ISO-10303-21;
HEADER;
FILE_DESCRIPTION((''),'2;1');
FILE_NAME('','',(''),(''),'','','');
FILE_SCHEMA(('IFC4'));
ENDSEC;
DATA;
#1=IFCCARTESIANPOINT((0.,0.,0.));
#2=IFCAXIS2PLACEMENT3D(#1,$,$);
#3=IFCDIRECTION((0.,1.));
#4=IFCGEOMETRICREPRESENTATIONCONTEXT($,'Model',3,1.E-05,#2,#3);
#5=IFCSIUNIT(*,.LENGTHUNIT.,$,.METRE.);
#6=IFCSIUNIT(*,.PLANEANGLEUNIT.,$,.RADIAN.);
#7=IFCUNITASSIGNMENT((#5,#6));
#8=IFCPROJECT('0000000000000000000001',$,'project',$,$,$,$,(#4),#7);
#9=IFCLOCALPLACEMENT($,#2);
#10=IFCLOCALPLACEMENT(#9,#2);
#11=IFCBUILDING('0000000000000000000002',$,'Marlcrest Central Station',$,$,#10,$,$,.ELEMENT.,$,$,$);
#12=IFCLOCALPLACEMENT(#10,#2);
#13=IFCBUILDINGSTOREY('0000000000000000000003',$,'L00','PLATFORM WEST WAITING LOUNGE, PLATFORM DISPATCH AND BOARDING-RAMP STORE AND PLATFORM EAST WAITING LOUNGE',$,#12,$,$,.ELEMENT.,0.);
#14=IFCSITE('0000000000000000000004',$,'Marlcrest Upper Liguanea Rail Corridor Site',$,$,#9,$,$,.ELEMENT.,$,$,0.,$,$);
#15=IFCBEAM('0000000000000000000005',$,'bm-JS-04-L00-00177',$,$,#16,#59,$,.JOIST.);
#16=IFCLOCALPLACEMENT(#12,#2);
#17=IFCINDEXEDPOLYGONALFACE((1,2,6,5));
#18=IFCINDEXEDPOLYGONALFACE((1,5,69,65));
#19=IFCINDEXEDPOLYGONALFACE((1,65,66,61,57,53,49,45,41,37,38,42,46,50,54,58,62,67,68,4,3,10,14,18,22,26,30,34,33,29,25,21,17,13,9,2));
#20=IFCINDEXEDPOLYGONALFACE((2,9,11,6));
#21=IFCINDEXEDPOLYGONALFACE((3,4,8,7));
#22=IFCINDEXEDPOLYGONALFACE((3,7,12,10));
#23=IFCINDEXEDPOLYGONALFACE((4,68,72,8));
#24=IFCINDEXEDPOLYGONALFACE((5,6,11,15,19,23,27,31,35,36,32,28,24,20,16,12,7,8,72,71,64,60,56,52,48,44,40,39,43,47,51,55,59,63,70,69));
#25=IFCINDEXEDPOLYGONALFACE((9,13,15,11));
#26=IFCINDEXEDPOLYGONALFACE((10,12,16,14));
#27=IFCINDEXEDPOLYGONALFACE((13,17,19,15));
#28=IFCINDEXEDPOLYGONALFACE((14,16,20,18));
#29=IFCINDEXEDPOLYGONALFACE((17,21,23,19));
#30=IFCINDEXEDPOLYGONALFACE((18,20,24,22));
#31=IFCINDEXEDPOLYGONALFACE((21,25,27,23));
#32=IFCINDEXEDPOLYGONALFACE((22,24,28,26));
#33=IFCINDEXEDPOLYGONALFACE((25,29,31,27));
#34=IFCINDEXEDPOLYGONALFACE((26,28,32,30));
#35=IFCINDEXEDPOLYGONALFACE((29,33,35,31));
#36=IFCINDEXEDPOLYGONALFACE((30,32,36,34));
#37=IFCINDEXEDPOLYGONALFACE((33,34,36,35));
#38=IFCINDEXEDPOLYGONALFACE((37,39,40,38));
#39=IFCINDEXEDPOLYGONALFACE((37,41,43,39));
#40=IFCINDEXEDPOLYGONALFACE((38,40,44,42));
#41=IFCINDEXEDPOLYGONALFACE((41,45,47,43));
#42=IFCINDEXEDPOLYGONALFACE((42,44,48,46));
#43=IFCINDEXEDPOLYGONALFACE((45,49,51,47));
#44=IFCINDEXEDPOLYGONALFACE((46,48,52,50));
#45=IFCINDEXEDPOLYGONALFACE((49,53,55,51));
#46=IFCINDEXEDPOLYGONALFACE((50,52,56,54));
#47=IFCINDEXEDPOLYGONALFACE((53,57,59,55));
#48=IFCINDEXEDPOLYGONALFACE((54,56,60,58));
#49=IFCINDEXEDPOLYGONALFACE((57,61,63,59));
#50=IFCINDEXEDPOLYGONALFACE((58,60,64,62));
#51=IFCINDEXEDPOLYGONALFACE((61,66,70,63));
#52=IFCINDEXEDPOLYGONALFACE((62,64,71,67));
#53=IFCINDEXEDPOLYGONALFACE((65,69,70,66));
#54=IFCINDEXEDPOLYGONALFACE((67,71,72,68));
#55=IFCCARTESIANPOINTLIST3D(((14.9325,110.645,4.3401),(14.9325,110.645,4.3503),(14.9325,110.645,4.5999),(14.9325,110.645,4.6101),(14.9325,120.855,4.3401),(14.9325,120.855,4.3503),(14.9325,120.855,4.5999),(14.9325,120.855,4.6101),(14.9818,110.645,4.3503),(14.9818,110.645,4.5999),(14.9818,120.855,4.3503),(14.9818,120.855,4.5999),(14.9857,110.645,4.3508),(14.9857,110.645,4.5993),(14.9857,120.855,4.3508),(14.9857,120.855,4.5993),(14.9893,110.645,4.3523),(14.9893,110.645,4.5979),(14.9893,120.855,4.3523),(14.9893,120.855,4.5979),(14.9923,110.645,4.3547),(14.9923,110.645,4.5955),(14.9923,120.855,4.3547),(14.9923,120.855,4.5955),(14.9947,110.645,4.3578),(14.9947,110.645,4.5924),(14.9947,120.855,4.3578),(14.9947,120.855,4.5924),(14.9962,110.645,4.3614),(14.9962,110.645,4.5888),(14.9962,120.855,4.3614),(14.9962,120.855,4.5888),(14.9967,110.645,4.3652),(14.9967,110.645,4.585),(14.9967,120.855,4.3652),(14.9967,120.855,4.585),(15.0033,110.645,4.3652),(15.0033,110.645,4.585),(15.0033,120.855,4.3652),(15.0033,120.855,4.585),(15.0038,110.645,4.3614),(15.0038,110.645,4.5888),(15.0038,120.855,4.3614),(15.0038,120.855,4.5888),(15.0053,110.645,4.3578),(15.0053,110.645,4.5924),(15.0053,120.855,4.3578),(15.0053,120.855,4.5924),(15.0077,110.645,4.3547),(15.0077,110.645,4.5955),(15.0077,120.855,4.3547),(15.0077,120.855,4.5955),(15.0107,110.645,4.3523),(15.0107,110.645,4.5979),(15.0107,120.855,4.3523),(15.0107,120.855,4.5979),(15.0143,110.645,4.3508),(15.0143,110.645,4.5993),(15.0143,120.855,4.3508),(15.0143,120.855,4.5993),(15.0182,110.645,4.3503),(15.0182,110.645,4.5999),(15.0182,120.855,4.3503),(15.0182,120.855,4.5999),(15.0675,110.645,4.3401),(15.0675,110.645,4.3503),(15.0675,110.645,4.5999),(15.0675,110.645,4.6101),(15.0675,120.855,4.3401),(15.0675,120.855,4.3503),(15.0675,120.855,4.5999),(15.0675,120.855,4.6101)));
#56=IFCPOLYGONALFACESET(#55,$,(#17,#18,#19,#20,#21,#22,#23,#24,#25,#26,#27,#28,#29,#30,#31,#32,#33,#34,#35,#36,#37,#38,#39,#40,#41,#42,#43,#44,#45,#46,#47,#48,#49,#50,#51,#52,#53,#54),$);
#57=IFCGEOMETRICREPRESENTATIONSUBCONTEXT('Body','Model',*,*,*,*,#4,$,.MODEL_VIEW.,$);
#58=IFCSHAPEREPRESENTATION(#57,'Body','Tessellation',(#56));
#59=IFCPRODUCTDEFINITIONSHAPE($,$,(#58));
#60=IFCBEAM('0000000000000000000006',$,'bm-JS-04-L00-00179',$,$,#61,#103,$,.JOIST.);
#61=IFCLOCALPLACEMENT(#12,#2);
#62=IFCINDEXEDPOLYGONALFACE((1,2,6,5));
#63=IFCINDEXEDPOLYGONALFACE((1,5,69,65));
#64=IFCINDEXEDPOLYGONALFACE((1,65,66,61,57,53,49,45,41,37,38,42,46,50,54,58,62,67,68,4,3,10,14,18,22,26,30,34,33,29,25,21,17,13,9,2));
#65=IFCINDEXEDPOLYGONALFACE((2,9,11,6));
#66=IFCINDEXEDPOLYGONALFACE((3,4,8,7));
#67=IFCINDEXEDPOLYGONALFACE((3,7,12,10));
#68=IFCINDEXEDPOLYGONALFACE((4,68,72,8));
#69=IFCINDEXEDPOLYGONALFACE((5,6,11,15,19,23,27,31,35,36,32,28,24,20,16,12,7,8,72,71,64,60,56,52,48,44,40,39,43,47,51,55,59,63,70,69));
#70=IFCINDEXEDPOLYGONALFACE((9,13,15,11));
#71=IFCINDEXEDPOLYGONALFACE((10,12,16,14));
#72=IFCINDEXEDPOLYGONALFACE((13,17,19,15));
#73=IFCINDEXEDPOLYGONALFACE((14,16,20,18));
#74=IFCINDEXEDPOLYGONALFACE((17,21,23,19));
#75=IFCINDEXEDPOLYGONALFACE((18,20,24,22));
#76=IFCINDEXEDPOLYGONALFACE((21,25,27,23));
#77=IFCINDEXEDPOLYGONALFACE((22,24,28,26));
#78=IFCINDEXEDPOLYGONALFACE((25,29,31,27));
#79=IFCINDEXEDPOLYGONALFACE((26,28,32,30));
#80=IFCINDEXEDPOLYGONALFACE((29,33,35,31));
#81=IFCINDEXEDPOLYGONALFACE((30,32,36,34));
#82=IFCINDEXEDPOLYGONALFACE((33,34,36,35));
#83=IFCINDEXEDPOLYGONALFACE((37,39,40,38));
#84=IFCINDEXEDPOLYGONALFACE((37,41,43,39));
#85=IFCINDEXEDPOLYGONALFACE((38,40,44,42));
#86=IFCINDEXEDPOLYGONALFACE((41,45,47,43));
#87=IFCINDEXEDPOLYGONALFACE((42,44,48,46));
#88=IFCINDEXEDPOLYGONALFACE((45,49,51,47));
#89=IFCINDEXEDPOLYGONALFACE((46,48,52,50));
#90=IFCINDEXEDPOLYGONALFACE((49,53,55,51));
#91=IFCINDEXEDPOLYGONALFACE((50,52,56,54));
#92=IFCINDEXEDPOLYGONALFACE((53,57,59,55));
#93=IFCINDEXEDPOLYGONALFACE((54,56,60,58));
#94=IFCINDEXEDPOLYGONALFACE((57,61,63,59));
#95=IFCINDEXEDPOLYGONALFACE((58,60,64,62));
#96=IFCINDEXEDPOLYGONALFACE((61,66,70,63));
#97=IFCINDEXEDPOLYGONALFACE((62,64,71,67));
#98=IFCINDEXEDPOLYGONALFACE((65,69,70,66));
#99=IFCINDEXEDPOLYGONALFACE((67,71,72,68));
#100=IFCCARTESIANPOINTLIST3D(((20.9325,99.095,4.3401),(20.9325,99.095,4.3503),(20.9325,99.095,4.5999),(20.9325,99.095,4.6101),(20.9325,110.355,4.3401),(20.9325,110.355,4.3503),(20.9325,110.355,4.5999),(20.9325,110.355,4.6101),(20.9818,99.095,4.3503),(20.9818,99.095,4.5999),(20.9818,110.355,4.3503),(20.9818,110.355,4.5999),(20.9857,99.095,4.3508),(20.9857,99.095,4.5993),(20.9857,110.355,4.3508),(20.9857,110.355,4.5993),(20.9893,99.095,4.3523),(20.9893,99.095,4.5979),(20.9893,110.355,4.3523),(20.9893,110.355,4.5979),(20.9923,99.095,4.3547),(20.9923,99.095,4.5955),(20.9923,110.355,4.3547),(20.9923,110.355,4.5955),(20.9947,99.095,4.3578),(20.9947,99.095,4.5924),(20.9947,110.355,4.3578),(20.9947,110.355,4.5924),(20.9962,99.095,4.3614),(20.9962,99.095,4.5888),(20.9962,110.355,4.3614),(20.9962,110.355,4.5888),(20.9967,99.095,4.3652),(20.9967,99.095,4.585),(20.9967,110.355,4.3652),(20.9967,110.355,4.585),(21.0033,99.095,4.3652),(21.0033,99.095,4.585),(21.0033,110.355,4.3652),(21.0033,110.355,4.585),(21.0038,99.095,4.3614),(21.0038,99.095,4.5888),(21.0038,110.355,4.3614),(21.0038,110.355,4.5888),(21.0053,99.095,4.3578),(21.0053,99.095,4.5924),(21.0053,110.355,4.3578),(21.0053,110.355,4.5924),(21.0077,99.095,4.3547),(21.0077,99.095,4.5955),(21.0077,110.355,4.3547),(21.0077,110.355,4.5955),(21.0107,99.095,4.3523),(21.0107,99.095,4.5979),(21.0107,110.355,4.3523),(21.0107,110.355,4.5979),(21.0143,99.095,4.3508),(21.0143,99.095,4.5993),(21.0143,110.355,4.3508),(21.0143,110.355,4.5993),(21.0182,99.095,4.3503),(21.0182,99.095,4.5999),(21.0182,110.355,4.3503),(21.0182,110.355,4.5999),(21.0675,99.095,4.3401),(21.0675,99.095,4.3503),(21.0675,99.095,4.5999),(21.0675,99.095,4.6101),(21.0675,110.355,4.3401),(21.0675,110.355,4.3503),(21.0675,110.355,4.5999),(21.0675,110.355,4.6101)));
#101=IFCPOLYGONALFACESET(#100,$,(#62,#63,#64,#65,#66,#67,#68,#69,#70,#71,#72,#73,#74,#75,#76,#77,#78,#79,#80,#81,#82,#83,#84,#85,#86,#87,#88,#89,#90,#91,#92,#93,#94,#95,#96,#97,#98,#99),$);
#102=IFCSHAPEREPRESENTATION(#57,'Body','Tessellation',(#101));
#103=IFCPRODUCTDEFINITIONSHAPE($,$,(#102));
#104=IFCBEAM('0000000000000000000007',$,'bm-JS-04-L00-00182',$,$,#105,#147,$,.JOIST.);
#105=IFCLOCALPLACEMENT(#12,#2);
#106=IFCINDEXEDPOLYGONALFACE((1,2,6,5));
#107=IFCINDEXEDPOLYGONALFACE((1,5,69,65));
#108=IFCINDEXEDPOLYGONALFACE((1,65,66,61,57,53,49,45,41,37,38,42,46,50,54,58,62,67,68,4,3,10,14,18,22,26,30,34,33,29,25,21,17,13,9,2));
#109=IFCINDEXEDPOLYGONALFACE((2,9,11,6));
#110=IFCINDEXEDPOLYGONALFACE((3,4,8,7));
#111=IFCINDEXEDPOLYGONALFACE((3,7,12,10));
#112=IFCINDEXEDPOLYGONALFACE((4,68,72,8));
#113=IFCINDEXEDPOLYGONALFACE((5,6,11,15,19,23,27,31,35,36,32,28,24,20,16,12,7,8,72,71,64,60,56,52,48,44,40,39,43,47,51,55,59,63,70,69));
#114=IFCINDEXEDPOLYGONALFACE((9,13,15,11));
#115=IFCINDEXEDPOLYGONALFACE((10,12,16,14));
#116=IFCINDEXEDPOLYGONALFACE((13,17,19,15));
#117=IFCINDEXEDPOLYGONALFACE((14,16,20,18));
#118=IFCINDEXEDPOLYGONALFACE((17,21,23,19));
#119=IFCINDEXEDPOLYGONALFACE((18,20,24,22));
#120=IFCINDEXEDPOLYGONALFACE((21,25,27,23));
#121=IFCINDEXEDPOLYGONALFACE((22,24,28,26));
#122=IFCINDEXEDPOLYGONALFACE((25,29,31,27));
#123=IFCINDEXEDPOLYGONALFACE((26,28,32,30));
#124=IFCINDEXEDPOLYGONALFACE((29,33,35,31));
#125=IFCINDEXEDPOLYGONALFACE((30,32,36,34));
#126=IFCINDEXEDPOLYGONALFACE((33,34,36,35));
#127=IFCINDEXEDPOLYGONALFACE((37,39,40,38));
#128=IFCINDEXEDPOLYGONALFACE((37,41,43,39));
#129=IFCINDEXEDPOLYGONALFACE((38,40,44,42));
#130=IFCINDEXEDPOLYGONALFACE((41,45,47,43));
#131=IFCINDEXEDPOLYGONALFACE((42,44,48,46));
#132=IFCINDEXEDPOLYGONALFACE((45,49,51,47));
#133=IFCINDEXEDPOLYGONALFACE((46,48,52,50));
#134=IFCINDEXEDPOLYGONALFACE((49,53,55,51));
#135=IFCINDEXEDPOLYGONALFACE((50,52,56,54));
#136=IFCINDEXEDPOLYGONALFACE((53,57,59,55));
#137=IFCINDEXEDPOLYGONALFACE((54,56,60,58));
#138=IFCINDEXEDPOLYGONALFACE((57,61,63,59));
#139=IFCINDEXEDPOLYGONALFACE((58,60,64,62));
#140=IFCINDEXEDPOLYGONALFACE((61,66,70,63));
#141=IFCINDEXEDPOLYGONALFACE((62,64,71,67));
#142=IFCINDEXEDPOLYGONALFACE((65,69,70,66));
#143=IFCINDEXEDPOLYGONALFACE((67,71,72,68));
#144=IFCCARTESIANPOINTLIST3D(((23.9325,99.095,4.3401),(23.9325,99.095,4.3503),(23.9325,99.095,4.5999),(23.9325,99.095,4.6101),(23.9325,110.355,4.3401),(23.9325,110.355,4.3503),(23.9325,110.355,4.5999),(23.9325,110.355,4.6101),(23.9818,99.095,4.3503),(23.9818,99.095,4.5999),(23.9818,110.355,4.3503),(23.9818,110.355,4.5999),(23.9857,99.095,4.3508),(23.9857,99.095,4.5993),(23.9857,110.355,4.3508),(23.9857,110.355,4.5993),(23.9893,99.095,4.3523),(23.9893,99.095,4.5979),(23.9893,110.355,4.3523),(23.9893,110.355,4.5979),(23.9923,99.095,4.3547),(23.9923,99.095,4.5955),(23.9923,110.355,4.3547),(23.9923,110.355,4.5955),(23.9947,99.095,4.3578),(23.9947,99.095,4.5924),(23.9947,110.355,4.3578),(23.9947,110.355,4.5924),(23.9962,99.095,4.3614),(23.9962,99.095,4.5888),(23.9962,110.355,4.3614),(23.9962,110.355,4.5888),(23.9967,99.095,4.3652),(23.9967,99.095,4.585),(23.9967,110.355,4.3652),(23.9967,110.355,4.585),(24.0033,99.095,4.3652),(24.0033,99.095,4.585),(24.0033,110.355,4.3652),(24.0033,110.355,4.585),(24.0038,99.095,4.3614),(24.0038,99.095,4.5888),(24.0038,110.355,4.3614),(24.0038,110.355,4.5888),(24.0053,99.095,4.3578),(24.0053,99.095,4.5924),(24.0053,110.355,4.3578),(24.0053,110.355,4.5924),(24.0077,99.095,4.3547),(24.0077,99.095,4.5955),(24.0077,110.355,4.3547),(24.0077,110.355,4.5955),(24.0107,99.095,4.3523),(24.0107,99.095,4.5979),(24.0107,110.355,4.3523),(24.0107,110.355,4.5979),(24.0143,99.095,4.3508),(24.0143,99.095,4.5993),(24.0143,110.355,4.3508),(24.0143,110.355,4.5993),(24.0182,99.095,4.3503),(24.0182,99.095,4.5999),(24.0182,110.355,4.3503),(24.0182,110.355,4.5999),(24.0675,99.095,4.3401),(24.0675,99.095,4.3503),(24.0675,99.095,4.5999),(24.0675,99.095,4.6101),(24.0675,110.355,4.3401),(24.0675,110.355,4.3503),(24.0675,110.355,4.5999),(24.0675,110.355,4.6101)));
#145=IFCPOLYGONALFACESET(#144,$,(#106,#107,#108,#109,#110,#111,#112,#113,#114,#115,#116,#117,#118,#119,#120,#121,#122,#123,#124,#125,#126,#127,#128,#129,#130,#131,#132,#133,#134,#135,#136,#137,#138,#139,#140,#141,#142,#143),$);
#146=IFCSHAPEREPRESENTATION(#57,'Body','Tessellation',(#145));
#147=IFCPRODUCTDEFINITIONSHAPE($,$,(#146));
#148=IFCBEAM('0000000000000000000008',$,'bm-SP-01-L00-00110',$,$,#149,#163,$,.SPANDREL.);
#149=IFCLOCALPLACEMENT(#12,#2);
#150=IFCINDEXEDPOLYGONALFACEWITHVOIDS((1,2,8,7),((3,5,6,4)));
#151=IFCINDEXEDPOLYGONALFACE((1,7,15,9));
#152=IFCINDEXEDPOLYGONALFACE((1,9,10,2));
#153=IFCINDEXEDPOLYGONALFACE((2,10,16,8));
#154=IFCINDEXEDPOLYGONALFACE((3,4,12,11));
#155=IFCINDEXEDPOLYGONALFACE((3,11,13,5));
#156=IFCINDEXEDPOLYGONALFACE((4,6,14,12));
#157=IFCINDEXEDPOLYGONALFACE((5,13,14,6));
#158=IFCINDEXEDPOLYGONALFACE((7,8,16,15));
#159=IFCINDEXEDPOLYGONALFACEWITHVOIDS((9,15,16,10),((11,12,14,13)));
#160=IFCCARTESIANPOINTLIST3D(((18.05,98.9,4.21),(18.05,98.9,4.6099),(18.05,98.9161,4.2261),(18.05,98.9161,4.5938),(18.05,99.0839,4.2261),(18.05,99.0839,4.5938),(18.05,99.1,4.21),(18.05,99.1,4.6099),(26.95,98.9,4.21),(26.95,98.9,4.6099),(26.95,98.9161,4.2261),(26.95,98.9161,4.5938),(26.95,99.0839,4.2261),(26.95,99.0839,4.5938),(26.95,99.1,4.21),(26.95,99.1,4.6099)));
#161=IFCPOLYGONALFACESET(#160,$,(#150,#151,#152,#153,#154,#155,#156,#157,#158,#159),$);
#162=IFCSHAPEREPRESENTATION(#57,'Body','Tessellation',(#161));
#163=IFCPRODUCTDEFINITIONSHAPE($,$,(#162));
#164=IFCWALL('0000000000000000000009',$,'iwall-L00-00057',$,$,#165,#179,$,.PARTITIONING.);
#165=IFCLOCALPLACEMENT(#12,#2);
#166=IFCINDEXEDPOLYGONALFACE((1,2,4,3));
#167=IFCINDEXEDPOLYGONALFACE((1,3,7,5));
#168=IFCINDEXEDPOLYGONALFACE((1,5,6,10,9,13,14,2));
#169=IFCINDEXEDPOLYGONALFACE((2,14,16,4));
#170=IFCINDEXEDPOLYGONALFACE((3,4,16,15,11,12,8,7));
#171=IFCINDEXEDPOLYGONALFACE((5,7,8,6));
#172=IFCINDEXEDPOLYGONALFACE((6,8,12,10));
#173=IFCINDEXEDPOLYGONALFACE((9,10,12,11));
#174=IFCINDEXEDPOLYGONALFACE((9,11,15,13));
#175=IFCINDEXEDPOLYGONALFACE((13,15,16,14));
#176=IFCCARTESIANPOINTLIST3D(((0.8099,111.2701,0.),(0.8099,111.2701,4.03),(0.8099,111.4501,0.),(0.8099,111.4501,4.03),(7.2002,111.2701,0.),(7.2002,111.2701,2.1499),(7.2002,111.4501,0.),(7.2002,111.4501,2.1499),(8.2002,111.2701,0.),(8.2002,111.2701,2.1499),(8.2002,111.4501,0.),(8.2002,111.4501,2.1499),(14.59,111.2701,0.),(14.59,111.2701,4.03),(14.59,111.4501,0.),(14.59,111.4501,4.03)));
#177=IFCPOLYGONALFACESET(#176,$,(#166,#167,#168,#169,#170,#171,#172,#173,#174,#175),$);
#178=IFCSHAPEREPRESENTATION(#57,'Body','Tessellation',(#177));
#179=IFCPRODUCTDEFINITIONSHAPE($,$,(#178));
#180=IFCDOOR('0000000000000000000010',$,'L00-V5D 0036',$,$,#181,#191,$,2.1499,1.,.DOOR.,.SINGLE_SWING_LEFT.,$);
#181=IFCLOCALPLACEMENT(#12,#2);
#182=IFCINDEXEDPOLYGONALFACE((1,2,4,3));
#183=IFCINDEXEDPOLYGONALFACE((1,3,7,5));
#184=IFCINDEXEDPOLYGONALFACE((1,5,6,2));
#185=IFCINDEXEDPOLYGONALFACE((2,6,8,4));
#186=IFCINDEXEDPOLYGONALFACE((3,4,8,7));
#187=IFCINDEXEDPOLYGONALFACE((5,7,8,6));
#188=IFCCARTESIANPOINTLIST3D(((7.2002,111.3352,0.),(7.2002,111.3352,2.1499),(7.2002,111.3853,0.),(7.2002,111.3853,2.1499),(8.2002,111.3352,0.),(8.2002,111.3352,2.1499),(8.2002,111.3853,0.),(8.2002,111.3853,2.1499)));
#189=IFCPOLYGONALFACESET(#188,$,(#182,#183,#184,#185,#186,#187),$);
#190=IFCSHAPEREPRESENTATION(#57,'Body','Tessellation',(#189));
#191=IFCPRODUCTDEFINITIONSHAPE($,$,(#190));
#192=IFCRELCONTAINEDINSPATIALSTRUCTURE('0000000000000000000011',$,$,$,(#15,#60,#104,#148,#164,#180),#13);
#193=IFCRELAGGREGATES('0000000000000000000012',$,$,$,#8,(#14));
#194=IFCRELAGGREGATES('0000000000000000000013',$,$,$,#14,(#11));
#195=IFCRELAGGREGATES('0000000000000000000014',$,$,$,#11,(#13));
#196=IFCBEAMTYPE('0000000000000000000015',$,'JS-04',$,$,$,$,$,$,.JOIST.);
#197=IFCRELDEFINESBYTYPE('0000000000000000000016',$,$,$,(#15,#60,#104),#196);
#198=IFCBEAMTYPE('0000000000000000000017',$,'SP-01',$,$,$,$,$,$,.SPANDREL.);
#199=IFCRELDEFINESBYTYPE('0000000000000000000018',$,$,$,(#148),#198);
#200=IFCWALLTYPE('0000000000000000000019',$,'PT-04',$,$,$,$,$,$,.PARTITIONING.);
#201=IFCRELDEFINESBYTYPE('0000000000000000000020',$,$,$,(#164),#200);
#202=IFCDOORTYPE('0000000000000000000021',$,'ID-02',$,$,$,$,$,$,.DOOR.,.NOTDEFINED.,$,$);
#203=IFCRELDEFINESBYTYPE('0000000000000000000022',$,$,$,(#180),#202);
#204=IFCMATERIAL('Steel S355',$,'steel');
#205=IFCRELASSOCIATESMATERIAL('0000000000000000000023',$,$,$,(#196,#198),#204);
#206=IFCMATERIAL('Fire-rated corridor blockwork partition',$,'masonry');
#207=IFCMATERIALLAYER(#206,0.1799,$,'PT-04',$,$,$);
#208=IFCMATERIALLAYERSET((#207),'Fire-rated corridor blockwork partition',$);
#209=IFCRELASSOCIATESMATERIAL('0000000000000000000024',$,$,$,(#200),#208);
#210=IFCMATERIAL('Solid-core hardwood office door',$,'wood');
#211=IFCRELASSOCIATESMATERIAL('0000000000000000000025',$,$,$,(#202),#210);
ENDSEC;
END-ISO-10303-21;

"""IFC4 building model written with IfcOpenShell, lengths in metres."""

from ifc_helpers import new_model, si_unit, direction, frame, frame_2d, origin, origin_2d, place, context, subcontext, project, spatial, rectangle, hollow_rectangle, i_section, extrude, material, layer, layer_set, material_profile, profile_set, type_object, element, fill, save


model = new_model("IFC4")

# Units and contexts
model_context = context("Model", 3, precision=1e-05, world=origin(), true_north=direction((0.0, 1.0)))
body_context = subcontext(model_context, "Body", "Model", "MODEL_VIEW")
ifc_project = project(units=[si_unit("LENGTHUNIT", "METRE"), si_unit("PLANEANGLEUNIT", "RADIAN")], contexts=[model_context])

# Site, building, storey
site_placement = place(None, origin())
site = spatial("IfcSite", under=ifc_project, at=site_placement, Name="Marlcrest Upper Liguanea Rail Corridor Site", CompositionType="ELEMENT", RefElevation=0.0)
building_placement = place(site_placement, origin())
building = spatial("IfcBuilding", under=site, at=building_placement, Name="Marlcrest Central Station", CompositionType="ELEMENT")
storey_placement = place(building_placement, origin())
storey = spatial("IfcBuildingStorey", under=building, at=storey_placement, Name="L00", Description="PLATFORM WEST WAITING LOUNGE, PLATFORM DISPATCH AND BOARDING-RAMP STORE AND PLATFORM EAST WAITING LOUNGE", CompositionType="ELEMENT", Elevation=0.0)

# Shared definitions
ifc_material_1 = material(Name="Steel S355", Category="steel")

# Beams
ifc_material_profile_1 = material_profile(ifc_material_1, i_section(OverallWidth=0.135, OverallDepth=0.27, WebThickness=0.0066, FlangeThickness=0.0103, FilletRadius=0.0149, at=origin_2d()), Name="IPE 270")
ifc_profile_set_1 = profile_set([ifc_material_profile_1], Name="Steel S355")
beam_type_1 = type_object("IfcBeamType", Name="JS-04", PredefinedType="JOIST", material=ifc_profile_set_1)
beam_1_placement = place(storey_placement, frame((15.0, 110.645, 4.4751), z_axis=(0.0, 1.0, 0.0), x_axis=(-1.0, 0.0, 0.0)))
element("IfcBeam", 1, at=beam_1_placement, inside=storey, type_object=beam_type_1, Name="bm-JS-04-L00-00177", PredefinedType="JOIST", context=body_context, shape_type="SweptSolid", body=[
    extrude(i_section(OverallWidth=0.135, OverallDepth=0.27, WebThickness=0.0066, FlangeThickness=0.0103, FilletRadius=0.0149, at=origin_2d()), origin(), (0.0, 0.0, 1.0), 10.21),
])
for number, where, z_axis, x_axis, name in (
    (2, (21.0, 99.095, 4.4751), (0.0, 1.0, 0.0), (-1.0, 0.0, 0.0), "bm-JS-04-L00-00179"),
    (3, (24.0, 99.095, 4.4751), (0.0, 1.0, 0.0), (-1.0, 0.0, 0.0), "bm-JS-04-L00-00182"),
):
    element("IfcBeam", number, at=place(storey_placement, frame(where, z_axis=z_axis, x_axis=x_axis)), inside=storey, type_object=beam_type_1, Name=name, PredefinedType="JOIST", context=body_context, shape_type="SweptSolid", body=[
        extrude(i_section(OverallWidth=0.135, OverallDepth=0.27, WebThickness=0.0066, FlangeThickness=0.0103, FilletRadius=0.0149, at=origin_2d()), origin(), (0.0, 0.0, 1.0), 11.26),
    ])
ifc_material_profile_2 = material_profile(ifc_material_1, hollow_rectangle(XDim=0.2, YDim=0.3999, WallThickness=0.0161, at=origin_2d()), Name="RHS 400x200x16")
ifc_profile_set_2 = profile_set([ifc_material_profile_2], Name="Steel S355")
beam_type_2 = type_object("IfcBeamType", Name="SP-01", PredefinedType="SPANDREL", material=ifc_profile_set_2)
beam_2_placement = place(storey_placement, frame((18.05, 99.0, 4.4099), z_axis=(1.0, 0.0, 0.0), x_axis=(0.0, 1.0, 0.0)))
element("IfcBeam", 4, at=beam_2_placement, inside=storey, type_object=beam_type_2, Name="bm-SP-01-L00-00110", PredefinedType="SPANDREL", context=body_context, shape_type="SweptSolid", body=[
    extrude(hollow_rectangle(XDim=0.2, YDim=0.3999, WallThickness=0.0161, at=origin_2d()), origin(), (0.0, 0.0, 1.0), 8.8999),
])

# Wall, opening, door
ifc_material_2 = material(Name="Fire-rated corridor blockwork partition", Category="masonry")
ifc_layer_1 = layer(ifc_material_2, 0.1799, Name="PT-04")
ifc_layer_set_1 = layer_set([ifc_layer_1], Name="Fire-rated corridor blockwork partition")
wall_type_1 = type_object("IfcWallType", Name="PT-04", PredefinedType="PARTITIONING", material=ifc_layer_set_1)
wall_1_placement = place(storey_placement, frame((14.5901, 111.3601, 0.0), z_axis=(0.0, 0.0, 1.0), x_axis=(-1.0, 0.0, 0.0)))
wall_1 = element("IfcWall", 5, at=wall_1_placement, inside=storey, type_object=wall_type_1, Name="iwall-L00-00057", PredefinedType="PARTITIONING", context=body_context, shape_type="SweptSolid", body=[
    extrude(rectangle(XDim=13.78, YDim=0.1799, at=frame_2d((6.8901, 0.0))), origin(), (0.0, 0.0, 1.0), 4.03),
])
opening_1_placement = place(wall_1_placement, frame((6.3899, 0.0, 0.0)))
opening_1 = element("IfcOpeningElement", 6, at=opening_1_placement, cuts=wall_1, PredefinedType="OPENING", context=body_context, shape_type="SweptSolid", body=[
    extrude(rectangle(XDim=1.0, YDim=2.1499, at=frame_2d((0.5, 1.075))), frame((0.0, 0.0999, 0.0), z_axis=(0.0, -1.0, 0.0), x_axis=(1.0, 0.0, 0.0)), (0.0, 0.0, 1.0), 0.2),
])
ifc_material_3 = material(Name="Solid-core hardwood office door", Category="wood")
door_type_1 = type_object("IfcDoorType", Name="ID-02", OperationType="NOTDEFINED", PredefinedType="DOOR", material=ifc_material_3)
door_1_placement = place(opening_1_placement, origin())
door_1 = element("IfcDoor", 7, at=door_1_placement, inside=storey, type_object=door_type_1, Name="L00-V5D 0036", OperationType="SINGLE_SWING_LEFT", OverallHeight=2.1499, OverallWidth=1.0, PredefinedType="DOOR", context=body_context, shape_type="SweptSolid", body=[
    extrude(rectangle(XDim=1.0, YDim=2.1499, at=frame_2d((0.5, 1.075))), frame((0.0, 0.0249, 0.0), z_axis=(0.0, -1.0, 0.0), x_axis=(1.0, 0.0, 0.0)), (0.0, 0.0, 1.0), 0.05),
])
fill(opening_1, door_1)

save(model, "model.ifc")
